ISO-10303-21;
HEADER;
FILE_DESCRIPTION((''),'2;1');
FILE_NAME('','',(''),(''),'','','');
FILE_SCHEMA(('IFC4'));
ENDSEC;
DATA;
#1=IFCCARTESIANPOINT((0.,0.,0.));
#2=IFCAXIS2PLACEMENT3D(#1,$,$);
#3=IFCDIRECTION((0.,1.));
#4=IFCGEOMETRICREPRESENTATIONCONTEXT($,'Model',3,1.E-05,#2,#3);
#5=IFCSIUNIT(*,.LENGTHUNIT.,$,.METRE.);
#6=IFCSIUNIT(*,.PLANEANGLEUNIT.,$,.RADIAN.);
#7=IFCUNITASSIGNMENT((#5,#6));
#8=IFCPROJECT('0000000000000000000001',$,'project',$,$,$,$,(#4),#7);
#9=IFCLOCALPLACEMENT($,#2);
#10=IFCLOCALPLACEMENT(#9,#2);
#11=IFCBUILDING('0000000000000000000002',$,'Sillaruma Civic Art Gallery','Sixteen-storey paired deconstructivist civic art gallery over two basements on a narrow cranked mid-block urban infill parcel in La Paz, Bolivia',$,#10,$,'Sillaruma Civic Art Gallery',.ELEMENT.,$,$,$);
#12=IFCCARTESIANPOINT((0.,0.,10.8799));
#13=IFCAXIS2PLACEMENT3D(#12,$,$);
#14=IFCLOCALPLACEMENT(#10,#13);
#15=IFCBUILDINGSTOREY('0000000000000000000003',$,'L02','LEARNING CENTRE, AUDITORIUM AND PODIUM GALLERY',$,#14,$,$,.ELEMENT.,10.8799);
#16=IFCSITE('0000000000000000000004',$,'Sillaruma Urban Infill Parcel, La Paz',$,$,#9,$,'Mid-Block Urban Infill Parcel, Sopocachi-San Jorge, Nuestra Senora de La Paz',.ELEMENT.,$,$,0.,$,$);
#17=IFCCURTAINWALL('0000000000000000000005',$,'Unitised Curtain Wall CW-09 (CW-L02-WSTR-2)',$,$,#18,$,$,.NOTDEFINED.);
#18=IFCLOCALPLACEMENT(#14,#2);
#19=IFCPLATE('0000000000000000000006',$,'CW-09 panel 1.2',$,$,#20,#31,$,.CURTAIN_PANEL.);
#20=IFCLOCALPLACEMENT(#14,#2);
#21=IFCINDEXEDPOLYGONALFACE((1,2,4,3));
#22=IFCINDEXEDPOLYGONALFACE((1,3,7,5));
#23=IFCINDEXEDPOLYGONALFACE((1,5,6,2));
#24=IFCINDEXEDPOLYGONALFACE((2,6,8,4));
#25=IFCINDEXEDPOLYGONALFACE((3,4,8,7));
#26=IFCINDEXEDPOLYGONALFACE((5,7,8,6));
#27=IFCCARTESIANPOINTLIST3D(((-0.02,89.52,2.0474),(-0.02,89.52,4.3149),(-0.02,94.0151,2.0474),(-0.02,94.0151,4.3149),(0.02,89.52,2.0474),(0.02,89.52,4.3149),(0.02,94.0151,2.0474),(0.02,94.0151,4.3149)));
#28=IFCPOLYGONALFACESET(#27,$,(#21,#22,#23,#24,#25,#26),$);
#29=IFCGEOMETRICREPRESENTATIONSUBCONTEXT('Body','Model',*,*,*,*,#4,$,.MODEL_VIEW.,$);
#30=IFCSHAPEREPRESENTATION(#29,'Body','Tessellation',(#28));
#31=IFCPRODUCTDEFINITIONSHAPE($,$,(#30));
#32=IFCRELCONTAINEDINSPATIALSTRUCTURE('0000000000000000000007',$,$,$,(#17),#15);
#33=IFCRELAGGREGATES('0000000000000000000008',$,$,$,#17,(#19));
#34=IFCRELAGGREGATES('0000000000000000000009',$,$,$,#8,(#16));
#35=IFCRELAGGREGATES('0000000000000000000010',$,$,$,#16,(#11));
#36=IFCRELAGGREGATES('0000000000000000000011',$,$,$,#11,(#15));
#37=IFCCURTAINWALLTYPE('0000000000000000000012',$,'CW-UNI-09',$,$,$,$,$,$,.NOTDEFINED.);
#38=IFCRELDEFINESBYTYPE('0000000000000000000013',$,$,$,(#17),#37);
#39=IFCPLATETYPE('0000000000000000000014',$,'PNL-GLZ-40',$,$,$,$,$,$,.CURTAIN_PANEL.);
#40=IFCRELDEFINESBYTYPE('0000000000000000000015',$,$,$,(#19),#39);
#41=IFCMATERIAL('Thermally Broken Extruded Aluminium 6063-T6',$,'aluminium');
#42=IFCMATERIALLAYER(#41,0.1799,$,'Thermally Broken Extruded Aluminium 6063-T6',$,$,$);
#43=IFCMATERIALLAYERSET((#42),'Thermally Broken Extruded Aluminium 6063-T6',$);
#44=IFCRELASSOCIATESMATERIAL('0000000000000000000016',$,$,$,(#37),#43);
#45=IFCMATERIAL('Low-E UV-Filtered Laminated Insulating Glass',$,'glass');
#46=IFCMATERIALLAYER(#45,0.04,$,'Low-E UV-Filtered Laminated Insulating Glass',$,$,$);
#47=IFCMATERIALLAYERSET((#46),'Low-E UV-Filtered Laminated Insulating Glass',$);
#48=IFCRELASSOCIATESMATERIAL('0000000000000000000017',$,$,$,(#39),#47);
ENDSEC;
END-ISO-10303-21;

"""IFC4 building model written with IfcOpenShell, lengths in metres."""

from ifc_helpers import new_model, si_unit, direction, frame, origin, origin_2d, place, context, subcontext, project, spatial, rectangle, extrude, material, layer, layer_set, type_object, element, aggregate, save


model = new_model("IFC4")

# Units and contexts
model_context = context("Model", 3, precision=1e-05, world=origin(), true_north=direction((0.0, 1.0)))
body_context = subcontext(model_context, "Body", "Model", "MODEL_VIEW")
ifc_project = project(units=[si_unit("LENGTHUNIT", "METRE"), si_unit("PLANEANGLEUNIT", "RADIAN")], contexts=[model_context])

# Site, building, storey
site_placement = place(None, origin())
site = spatial("IfcSite", under=ifc_project, at=site_placement, Name="Sillaruma Urban Infill Parcel, La Paz", LongName="Mid-Block Urban Infill Parcel, Sopocachi-San Jorge, Nuestra Senora de La Paz", CompositionType="ELEMENT", RefElevation=0.0)
building_placement = place(site_placement, origin())
building = spatial("IfcBuilding", under=site, at=building_placement, Name="Sillaruma Civic Art Gallery", Description="Sixteen-storey paired deconstructivist civic art gallery over two basements on a narrow cranked mid-block urban infill parcel in La Paz, Bolivia", LongName="Sillaruma Civic Art Gallery", CompositionType="ELEMENT")
storey_placement = place(building_placement, frame((0.0, 0.0, 10.8799)))
storey = spatial("IfcBuildingStorey", under=building, at=storey_placement, Name="L02", Description="LEARNING CENTRE, AUDITORIUM AND PODIUM GALLERY", CompositionType="ELEMENT", Elevation=10.8799)

# Curtain wall
ifc_material_1 = material(Name="Thermally Broken Extruded Aluminium 6063-T6", Category="aluminium")
ifc_layer_1 = layer(ifc_material_1, 0.1799, Name="Thermally Broken Extruded Aluminium 6063-T6")
ifc_layer_set_1 = layer_set([ifc_layer_1], Name="Thermally Broken Extruded Aluminium 6063-T6")
curtain_wall_type_1 = type_object("IfcCurtainWallType", Name="CW-UNI-09", PredefinedType="NOTDEFINED", material=ifc_layer_set_1)
curtain_wall_1_placement = place(storey_placement, origin())
curtain_wall_1 = element("IfcCurtainWall", 1, at=curtain_wall_1_placement, inside=storey, type_object=curtain_wall_type_1, Name="Unitised Curtain Wall CW-09 (CW-L02-WSTR-2)", PredefinedType="NOTDEFINED")

# Plate
ifc_material_2 = material(Name="Low-E UV-Filtered Laminated Insulating Glass", Category="glass")
ifc_layer_2 = layer(ifc_material_2, 0.04, Name="Low-E UV-Filtered Laminated Insulating Glass")
ifc_layer_set_2 = layer_set([ifc_layer_2], Name="Low-E UV-Filtered Laminated Insulating Glass")
plate_type_1 = type_object("IfcPlateType", Name="PNL-GLZ-40", PredefinedType="CURTAIN_PANEL", material=ifc_layer_set_2)
plate_1_placement = place(storey_placement, frame((0.0, 91.7676, 2.0474), z_axis=(0.0, 0.0, 1.0), x_axis=(0.0, 1.0, 0.0)))
plate_1 = element("IfcPlate", 2, at=plate_1_placement, type_object=plate_type_1, Name="CW-09 panel 1.2", PredefinedType="CURTAIN_PANEL", context=body_context, shape_type="SweptSolid", body=[
    extrude(rectangle(XDim=4.4951, YDim=0.04, at=origin_2d()), origin(), (0.0, 0.0, 1.0), 2.2676),
])
aggregate(curtain_wall_1, [plate_1])

save(model, "model.ifc")
